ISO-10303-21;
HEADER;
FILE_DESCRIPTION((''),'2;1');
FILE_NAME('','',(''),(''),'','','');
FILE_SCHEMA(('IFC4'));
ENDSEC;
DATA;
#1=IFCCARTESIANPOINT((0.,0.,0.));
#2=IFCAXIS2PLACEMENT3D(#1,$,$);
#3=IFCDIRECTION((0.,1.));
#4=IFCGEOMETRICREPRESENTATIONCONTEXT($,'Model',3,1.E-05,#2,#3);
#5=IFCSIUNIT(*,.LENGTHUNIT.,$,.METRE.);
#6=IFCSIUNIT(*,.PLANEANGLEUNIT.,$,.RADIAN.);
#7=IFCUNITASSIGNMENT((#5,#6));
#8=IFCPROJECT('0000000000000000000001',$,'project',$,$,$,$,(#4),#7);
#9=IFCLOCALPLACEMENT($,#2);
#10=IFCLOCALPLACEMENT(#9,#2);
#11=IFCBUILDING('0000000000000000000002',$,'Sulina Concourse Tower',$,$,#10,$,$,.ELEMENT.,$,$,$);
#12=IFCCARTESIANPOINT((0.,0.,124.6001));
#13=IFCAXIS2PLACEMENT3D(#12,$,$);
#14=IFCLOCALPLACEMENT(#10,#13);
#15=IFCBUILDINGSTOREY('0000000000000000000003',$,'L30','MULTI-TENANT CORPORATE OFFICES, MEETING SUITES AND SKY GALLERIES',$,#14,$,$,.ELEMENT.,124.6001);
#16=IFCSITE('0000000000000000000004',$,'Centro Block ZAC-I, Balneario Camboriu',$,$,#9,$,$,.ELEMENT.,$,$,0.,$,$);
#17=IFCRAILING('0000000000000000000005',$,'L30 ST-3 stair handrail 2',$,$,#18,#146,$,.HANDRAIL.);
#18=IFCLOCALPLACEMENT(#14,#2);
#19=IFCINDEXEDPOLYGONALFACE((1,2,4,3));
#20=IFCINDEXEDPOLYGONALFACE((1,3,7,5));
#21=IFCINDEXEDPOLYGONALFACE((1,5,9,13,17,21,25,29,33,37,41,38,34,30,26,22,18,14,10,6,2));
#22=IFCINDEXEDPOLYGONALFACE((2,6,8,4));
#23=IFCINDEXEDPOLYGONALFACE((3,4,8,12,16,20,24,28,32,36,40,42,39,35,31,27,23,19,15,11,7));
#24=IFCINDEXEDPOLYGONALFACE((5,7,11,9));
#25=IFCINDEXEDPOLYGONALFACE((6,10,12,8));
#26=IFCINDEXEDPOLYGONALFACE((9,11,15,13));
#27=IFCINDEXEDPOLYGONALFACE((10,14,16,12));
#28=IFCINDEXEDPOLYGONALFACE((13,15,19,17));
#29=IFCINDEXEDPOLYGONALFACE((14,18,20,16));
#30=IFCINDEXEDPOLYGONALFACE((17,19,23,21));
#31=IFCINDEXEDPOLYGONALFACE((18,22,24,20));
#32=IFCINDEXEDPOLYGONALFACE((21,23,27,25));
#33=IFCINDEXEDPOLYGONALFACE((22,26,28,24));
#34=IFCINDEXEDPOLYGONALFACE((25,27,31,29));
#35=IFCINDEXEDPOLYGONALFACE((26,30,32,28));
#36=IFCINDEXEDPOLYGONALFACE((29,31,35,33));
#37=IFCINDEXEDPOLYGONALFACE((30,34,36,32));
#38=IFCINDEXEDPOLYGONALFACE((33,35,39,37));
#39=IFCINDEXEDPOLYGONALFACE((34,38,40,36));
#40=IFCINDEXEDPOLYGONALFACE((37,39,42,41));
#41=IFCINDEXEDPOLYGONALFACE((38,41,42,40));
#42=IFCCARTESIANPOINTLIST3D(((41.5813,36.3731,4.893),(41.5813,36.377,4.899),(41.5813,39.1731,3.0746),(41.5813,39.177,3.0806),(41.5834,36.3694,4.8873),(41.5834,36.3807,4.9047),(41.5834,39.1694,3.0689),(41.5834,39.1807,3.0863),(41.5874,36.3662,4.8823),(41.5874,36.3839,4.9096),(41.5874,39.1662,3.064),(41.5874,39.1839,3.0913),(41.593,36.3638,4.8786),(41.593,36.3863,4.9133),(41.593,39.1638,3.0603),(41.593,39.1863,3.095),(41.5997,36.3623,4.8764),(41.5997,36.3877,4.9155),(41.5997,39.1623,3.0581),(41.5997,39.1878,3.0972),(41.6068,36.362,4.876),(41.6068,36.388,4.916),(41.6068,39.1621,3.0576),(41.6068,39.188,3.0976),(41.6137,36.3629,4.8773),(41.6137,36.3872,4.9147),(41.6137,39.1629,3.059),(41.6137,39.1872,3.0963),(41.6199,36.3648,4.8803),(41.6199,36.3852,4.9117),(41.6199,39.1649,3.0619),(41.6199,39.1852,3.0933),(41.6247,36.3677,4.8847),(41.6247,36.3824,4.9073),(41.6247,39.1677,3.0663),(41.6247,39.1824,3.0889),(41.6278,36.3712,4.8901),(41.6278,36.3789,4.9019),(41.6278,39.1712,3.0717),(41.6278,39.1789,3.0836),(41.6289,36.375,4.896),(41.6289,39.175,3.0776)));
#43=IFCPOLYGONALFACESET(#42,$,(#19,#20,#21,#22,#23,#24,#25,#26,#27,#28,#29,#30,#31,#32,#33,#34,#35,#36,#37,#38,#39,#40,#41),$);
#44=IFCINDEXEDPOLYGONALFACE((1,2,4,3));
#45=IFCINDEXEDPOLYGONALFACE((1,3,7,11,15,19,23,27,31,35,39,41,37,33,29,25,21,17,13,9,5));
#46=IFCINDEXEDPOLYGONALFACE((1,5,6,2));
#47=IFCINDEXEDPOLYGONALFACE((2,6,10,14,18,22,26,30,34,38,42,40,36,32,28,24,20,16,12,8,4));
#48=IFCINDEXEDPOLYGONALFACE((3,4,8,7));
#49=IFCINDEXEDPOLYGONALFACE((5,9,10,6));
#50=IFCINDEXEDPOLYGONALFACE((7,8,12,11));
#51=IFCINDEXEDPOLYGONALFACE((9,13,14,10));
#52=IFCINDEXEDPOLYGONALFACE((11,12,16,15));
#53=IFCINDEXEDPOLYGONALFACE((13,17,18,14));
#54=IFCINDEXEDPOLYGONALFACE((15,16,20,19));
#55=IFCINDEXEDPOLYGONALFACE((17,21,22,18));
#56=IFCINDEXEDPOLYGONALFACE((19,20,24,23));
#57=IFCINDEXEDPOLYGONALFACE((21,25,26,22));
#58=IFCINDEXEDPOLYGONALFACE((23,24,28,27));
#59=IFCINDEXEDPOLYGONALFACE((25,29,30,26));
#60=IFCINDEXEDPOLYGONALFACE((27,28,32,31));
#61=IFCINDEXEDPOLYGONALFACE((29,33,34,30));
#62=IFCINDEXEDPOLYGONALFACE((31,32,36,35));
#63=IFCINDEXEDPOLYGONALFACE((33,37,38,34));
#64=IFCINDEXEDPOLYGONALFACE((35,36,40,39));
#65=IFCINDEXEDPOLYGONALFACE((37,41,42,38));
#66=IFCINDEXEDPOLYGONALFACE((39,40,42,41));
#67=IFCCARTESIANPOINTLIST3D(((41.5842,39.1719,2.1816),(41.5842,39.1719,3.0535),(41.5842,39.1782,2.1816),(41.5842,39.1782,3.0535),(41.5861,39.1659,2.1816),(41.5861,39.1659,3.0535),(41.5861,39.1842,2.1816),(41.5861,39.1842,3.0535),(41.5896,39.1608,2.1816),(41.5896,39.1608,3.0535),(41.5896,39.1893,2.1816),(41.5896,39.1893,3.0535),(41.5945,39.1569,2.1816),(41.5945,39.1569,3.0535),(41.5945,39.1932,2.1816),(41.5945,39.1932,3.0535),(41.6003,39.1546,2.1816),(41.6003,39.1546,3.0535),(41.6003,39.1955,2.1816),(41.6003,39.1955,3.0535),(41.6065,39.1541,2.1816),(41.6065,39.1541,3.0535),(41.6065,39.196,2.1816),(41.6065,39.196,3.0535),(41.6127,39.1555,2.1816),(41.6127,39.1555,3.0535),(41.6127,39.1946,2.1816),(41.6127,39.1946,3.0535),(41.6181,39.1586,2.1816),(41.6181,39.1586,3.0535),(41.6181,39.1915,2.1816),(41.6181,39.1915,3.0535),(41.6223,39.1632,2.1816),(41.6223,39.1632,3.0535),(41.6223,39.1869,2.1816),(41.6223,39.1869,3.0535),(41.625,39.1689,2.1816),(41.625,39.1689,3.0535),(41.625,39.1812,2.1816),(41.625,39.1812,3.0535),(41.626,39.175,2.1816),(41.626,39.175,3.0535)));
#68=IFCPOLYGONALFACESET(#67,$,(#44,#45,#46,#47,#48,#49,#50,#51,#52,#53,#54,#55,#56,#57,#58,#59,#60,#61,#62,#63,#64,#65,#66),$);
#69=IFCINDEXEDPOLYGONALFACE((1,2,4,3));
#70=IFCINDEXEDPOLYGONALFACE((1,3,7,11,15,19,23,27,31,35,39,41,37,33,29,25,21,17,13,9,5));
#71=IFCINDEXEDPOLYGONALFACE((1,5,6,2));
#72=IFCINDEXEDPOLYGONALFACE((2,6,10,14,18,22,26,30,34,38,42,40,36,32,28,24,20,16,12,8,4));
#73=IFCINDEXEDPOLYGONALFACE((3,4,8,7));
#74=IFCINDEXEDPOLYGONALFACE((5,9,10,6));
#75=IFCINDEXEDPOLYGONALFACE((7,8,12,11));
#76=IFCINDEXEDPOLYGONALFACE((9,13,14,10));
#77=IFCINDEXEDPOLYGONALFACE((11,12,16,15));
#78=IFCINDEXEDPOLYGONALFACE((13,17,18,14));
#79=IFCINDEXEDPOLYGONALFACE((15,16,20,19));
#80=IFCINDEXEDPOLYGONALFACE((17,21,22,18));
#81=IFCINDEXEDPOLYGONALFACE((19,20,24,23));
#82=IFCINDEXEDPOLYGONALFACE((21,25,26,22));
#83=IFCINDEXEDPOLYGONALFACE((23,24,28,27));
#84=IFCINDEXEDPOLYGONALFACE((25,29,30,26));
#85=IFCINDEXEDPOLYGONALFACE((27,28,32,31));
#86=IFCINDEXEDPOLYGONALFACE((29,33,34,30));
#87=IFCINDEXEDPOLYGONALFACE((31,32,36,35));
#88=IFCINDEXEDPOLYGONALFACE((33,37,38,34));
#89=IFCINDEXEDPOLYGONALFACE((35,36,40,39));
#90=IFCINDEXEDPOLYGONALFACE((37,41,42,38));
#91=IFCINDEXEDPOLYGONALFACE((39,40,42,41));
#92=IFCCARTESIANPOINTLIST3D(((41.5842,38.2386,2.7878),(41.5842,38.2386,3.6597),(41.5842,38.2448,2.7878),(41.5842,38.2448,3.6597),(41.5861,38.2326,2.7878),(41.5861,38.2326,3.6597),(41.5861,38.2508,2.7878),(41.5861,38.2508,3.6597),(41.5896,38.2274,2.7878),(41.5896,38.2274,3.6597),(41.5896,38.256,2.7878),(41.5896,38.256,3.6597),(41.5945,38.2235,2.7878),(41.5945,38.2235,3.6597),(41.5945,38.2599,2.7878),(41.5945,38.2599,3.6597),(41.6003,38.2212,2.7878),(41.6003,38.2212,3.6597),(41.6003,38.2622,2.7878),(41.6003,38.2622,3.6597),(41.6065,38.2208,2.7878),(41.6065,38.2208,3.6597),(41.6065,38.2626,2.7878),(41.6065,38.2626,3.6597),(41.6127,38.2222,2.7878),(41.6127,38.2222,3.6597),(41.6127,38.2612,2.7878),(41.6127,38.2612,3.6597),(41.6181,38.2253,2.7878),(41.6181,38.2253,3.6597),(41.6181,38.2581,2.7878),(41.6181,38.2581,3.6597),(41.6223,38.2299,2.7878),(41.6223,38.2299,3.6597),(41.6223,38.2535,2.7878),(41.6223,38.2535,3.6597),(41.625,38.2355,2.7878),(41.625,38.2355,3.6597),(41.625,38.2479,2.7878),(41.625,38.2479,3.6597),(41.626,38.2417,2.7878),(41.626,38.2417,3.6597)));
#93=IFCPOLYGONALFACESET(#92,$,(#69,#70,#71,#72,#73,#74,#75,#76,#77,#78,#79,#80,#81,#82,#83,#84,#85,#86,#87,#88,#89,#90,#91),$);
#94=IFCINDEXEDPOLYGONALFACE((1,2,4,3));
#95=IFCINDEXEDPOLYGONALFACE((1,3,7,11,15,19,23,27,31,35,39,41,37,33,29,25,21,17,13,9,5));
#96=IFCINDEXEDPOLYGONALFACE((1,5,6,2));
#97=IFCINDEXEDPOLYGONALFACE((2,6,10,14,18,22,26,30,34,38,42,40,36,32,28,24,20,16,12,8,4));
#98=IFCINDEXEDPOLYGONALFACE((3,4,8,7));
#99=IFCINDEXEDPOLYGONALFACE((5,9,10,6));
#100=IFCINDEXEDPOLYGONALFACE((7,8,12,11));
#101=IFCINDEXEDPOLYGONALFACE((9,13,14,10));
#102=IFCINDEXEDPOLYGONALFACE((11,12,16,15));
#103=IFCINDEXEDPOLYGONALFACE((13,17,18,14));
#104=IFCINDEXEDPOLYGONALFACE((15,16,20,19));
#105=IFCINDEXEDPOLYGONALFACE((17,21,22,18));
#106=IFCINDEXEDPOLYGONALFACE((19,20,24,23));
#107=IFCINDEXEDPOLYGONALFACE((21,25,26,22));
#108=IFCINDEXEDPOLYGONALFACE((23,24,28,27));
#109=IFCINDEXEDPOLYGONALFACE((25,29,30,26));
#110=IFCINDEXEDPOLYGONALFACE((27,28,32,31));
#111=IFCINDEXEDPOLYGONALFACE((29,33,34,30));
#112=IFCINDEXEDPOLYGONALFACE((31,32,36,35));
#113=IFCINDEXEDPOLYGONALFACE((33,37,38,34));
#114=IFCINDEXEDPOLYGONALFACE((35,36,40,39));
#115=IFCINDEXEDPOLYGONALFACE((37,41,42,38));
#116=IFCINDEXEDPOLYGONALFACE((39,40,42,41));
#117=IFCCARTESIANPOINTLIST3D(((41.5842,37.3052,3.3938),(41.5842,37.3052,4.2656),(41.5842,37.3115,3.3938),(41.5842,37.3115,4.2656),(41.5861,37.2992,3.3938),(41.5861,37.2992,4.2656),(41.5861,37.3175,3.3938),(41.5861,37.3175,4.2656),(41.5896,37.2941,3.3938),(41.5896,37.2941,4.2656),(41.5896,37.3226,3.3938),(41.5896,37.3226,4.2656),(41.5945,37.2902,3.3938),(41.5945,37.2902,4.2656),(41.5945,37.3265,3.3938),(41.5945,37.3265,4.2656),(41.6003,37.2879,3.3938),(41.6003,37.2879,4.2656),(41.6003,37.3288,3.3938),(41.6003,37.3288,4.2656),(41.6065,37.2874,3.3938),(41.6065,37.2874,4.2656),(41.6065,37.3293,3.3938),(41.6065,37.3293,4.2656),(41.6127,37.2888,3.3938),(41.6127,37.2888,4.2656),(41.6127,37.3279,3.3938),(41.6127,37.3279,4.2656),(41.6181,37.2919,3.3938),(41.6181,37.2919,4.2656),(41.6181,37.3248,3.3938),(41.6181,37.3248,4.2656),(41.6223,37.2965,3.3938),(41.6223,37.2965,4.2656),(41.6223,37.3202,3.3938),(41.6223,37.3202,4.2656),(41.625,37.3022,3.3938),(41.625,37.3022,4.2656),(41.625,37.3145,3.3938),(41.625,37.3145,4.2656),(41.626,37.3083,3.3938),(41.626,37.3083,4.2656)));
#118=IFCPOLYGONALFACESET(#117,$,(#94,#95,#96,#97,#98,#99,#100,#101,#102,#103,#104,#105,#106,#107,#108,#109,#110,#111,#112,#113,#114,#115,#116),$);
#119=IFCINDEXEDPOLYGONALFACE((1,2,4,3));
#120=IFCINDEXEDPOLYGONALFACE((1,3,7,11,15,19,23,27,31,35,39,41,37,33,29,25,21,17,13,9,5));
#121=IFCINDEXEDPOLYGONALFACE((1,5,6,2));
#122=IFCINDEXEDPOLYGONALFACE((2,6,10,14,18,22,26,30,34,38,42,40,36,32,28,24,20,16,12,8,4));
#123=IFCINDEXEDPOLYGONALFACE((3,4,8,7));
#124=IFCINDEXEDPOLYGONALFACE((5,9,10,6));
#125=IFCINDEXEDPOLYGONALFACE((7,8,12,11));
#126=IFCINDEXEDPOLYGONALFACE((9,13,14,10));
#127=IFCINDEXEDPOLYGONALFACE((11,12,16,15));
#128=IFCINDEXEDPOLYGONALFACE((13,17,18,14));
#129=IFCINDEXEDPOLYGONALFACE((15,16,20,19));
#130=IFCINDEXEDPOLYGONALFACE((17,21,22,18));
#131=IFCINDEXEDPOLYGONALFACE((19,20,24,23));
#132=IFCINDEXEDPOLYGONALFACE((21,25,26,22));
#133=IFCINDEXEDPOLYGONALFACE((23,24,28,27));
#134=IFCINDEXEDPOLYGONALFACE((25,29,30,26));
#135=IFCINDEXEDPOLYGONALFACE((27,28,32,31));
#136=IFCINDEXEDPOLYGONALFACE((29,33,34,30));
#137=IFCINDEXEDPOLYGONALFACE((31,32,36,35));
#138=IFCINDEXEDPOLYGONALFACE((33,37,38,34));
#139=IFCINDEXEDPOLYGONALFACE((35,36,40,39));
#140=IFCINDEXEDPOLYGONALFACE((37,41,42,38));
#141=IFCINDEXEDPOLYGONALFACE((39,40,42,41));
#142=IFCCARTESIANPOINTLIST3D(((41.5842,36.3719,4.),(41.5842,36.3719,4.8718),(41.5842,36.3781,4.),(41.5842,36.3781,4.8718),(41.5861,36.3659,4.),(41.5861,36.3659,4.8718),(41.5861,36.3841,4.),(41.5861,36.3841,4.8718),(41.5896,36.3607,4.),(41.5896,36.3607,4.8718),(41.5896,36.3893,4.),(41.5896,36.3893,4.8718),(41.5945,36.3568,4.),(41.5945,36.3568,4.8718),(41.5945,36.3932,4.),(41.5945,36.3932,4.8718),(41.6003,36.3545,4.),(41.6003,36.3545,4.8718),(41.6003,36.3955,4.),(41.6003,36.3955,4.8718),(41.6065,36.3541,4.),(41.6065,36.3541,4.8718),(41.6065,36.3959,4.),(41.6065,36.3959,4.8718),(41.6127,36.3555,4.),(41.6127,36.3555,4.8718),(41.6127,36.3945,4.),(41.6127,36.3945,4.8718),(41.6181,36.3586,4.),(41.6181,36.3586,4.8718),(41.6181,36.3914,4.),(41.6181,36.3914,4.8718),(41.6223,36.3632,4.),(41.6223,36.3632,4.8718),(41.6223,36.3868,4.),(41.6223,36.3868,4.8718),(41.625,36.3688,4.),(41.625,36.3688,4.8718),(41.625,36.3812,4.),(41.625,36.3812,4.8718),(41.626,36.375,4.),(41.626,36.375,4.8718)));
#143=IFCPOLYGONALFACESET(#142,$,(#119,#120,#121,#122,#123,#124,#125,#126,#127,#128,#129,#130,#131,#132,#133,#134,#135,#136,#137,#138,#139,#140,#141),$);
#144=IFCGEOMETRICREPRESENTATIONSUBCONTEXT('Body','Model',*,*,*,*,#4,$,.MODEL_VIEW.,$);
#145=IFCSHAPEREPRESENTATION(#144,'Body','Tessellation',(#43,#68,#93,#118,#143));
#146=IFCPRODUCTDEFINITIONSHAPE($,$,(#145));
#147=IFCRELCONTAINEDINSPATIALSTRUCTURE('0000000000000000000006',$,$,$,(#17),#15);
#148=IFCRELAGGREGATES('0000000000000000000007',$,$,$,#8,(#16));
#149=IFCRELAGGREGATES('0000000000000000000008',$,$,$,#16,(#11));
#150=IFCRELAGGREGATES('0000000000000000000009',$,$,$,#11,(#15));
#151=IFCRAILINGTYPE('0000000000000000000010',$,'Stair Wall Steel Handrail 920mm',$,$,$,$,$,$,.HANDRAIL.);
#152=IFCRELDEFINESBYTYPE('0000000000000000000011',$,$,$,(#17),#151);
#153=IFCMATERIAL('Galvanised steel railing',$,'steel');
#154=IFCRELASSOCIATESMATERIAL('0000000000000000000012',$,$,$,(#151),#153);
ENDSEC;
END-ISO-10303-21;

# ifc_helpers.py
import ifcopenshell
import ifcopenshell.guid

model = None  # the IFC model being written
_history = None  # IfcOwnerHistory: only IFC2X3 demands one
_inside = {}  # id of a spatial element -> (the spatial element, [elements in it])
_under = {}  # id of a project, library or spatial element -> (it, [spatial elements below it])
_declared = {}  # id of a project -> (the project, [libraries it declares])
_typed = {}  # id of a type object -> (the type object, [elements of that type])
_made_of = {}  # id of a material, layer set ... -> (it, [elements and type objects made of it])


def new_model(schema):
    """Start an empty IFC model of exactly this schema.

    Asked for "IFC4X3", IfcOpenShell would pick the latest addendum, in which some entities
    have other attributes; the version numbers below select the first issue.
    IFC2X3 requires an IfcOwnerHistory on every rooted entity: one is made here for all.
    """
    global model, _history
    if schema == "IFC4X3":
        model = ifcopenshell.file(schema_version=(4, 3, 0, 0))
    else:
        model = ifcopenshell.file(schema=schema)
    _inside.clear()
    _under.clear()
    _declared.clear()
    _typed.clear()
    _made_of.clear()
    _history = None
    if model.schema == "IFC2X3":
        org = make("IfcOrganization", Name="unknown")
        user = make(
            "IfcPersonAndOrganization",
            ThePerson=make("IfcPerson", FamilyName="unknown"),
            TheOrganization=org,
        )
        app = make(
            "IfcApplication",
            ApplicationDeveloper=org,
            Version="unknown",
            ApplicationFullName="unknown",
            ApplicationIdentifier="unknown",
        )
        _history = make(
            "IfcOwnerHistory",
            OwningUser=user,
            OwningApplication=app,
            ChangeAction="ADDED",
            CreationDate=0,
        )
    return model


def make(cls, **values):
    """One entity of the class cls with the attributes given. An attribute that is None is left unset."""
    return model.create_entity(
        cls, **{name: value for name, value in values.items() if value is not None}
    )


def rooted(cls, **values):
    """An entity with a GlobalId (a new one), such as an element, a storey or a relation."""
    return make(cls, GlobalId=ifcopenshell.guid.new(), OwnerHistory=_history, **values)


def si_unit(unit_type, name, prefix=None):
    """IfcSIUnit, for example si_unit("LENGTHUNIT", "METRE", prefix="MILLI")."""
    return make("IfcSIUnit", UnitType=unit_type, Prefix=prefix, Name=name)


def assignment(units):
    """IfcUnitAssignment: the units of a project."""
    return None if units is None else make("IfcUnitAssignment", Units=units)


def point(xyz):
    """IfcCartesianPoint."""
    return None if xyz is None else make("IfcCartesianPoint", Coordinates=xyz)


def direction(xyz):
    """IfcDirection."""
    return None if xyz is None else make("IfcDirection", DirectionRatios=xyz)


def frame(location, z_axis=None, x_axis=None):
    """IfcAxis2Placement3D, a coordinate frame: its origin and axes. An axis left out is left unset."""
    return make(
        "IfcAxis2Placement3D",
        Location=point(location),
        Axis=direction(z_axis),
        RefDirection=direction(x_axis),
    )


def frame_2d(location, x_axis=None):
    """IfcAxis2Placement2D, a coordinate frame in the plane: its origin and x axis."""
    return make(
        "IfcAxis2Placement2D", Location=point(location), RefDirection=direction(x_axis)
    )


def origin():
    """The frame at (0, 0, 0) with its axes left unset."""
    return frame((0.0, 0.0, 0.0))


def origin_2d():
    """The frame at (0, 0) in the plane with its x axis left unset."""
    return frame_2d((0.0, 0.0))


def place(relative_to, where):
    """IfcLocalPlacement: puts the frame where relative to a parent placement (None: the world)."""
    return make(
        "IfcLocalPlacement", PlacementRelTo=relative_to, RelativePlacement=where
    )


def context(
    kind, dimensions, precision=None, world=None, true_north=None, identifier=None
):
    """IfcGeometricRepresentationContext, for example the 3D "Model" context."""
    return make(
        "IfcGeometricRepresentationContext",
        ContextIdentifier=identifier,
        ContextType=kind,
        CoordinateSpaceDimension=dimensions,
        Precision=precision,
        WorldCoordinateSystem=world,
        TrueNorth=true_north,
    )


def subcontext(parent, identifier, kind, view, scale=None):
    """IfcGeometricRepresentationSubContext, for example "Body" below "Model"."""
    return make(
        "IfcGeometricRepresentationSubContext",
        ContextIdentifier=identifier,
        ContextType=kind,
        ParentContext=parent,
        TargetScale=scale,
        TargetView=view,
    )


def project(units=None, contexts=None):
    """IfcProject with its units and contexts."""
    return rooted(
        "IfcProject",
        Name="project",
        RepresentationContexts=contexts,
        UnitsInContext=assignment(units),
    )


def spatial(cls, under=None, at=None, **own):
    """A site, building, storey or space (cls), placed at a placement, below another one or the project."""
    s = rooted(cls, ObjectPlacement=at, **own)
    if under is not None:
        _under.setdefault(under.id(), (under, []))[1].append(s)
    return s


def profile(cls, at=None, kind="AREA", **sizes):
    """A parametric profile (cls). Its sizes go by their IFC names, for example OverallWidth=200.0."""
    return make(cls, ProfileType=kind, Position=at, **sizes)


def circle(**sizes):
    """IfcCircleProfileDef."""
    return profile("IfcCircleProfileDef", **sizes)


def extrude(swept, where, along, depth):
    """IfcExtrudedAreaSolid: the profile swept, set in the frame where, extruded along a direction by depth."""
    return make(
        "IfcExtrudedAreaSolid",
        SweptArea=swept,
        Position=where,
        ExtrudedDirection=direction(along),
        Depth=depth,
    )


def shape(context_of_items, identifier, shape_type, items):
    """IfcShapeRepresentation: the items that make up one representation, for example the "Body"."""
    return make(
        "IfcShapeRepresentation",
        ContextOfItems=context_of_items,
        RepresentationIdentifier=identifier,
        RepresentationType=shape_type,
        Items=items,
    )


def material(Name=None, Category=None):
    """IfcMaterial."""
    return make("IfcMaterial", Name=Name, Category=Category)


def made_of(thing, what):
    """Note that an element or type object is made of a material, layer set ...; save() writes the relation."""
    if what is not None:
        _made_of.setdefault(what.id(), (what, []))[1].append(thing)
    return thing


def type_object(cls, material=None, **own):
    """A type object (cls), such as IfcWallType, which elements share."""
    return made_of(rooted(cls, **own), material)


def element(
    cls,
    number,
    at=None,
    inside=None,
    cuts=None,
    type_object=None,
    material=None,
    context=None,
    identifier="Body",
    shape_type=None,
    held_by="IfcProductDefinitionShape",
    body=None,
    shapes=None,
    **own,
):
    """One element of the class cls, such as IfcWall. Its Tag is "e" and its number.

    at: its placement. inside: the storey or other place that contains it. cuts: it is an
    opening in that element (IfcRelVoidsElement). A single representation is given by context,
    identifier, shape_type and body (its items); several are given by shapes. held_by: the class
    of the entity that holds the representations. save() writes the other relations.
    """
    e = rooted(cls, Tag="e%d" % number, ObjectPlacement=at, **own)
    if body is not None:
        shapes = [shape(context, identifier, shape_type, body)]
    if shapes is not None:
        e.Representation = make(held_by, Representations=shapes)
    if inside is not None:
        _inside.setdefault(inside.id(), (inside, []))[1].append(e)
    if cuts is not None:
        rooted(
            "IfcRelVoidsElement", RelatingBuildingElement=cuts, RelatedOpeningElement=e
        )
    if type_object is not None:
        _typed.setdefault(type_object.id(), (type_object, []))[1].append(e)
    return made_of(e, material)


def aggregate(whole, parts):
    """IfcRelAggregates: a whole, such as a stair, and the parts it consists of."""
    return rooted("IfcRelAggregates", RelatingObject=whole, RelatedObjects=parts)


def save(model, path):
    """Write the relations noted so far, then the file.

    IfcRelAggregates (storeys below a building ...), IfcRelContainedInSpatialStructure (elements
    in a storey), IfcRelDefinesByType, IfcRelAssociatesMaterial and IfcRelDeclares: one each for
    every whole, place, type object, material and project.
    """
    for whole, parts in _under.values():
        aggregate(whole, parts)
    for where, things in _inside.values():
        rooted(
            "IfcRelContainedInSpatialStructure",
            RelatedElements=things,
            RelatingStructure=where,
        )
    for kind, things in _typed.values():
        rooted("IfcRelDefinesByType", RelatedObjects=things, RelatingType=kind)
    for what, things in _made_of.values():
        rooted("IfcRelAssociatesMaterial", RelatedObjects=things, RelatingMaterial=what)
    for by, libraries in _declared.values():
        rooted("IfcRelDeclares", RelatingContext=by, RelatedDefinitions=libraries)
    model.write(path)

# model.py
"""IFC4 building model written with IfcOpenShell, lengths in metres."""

from ifc_helpers import new_model, si_unit, direction, frame, origin, origin_2d, place, context, subcontext, project, spatial, circle, extrude, material, type_object, element, save


model = new_model("IFC4")

# Units and contexts
model_context = context("Model", 3, precision=1e-05, world=origin(), true_north=direction((0.0, 1.0)))
body_context = subcontext(model_context, "Body", "Model", "MODEL_VIEW")
ifc_project = project(units=[si_unit("LENGTHUNIT", "METRE"), si_unit("PLANEANGLEUNIT", "RADIAN")], contexts=[model_context])

# Site, building, storey
site_placement = place(None, origin())
site = spatial("IfcSite", under=ifc_project, at=site_placement, Name="Centro Block ZAC-I, Balneario Camboriu", CompositionType="ELEMENT", RefElevation=0.0)
building_placement = place(site_placement, origin())
building = spatial("IfcBuilding", under=site, at=building_placement, Name="Sulina Concourse Tower", CompositionType="ELEMENT")
storey_placement = place(building_placement, frame((0.0, 0.0, 124.6001)))
storey = spatial("IfcBuildingStorey", under=building, at=storey_placement, Name="L30", Description="MULTI-TENANT CORPORATE OFFICES, MEETING SUITES AND SKY GALLERIES", CompositionType="ELEMENT", Elevation=124.6001)

# Railing
ifc_material_1 = material(Name="Galvanised steel railing", Category="steel")
railing_type_1 = type_object("IfcRailingType", Name="Stair Wall Steel Handrail 920mm", PredefinedType="HANDRAIL", material=ifc_material_1)
railing_1_placement = place(storey_placement, frame((41.605, 39.175, 2.1816)))
element("IfcRailing", 1, at=railing_1_placement, inside=storey, type_object=railing_type_1, Name="L30 ST-3 stair handrail 2", PredefinedType="HANDRAIL", context=body_context, shape_type="SweptSolid", body=[
    extrude(circle(Radius=0.0239, at=origin_2d()), frame((0.0, 0.0, 0.896), z_axis=(0.0, -0.838672, 0.544636), x_axis=(1.0, 0.0, 0.0)), (0.0, 0.0, 1.0), 3.3386),
    extrude(circle(Radius=0.021, at=origin_2d()), origin(), (0.0, 0.0, 1.0), 0.8718),
    extrude(circle(Radius=0.021, at=origin_2d()), frame((0.0, -0.9333, 0.6062)), (0.0, 0.0, 1.0), 0.8718),
    extrude(circle(Radius=0.021, at=origin_2d()), frame((0.0, -1.8667, 1.2122)), (0.0, 0.0, 1.0), 0.8718),
    extrude(circle(Radius=0.021, at=origin_2d()), frame((0.0, -2.8, 1.8184)), (0.0, 0.0, 1.0), 0.8718),
])

save(model, "model.ifc")
